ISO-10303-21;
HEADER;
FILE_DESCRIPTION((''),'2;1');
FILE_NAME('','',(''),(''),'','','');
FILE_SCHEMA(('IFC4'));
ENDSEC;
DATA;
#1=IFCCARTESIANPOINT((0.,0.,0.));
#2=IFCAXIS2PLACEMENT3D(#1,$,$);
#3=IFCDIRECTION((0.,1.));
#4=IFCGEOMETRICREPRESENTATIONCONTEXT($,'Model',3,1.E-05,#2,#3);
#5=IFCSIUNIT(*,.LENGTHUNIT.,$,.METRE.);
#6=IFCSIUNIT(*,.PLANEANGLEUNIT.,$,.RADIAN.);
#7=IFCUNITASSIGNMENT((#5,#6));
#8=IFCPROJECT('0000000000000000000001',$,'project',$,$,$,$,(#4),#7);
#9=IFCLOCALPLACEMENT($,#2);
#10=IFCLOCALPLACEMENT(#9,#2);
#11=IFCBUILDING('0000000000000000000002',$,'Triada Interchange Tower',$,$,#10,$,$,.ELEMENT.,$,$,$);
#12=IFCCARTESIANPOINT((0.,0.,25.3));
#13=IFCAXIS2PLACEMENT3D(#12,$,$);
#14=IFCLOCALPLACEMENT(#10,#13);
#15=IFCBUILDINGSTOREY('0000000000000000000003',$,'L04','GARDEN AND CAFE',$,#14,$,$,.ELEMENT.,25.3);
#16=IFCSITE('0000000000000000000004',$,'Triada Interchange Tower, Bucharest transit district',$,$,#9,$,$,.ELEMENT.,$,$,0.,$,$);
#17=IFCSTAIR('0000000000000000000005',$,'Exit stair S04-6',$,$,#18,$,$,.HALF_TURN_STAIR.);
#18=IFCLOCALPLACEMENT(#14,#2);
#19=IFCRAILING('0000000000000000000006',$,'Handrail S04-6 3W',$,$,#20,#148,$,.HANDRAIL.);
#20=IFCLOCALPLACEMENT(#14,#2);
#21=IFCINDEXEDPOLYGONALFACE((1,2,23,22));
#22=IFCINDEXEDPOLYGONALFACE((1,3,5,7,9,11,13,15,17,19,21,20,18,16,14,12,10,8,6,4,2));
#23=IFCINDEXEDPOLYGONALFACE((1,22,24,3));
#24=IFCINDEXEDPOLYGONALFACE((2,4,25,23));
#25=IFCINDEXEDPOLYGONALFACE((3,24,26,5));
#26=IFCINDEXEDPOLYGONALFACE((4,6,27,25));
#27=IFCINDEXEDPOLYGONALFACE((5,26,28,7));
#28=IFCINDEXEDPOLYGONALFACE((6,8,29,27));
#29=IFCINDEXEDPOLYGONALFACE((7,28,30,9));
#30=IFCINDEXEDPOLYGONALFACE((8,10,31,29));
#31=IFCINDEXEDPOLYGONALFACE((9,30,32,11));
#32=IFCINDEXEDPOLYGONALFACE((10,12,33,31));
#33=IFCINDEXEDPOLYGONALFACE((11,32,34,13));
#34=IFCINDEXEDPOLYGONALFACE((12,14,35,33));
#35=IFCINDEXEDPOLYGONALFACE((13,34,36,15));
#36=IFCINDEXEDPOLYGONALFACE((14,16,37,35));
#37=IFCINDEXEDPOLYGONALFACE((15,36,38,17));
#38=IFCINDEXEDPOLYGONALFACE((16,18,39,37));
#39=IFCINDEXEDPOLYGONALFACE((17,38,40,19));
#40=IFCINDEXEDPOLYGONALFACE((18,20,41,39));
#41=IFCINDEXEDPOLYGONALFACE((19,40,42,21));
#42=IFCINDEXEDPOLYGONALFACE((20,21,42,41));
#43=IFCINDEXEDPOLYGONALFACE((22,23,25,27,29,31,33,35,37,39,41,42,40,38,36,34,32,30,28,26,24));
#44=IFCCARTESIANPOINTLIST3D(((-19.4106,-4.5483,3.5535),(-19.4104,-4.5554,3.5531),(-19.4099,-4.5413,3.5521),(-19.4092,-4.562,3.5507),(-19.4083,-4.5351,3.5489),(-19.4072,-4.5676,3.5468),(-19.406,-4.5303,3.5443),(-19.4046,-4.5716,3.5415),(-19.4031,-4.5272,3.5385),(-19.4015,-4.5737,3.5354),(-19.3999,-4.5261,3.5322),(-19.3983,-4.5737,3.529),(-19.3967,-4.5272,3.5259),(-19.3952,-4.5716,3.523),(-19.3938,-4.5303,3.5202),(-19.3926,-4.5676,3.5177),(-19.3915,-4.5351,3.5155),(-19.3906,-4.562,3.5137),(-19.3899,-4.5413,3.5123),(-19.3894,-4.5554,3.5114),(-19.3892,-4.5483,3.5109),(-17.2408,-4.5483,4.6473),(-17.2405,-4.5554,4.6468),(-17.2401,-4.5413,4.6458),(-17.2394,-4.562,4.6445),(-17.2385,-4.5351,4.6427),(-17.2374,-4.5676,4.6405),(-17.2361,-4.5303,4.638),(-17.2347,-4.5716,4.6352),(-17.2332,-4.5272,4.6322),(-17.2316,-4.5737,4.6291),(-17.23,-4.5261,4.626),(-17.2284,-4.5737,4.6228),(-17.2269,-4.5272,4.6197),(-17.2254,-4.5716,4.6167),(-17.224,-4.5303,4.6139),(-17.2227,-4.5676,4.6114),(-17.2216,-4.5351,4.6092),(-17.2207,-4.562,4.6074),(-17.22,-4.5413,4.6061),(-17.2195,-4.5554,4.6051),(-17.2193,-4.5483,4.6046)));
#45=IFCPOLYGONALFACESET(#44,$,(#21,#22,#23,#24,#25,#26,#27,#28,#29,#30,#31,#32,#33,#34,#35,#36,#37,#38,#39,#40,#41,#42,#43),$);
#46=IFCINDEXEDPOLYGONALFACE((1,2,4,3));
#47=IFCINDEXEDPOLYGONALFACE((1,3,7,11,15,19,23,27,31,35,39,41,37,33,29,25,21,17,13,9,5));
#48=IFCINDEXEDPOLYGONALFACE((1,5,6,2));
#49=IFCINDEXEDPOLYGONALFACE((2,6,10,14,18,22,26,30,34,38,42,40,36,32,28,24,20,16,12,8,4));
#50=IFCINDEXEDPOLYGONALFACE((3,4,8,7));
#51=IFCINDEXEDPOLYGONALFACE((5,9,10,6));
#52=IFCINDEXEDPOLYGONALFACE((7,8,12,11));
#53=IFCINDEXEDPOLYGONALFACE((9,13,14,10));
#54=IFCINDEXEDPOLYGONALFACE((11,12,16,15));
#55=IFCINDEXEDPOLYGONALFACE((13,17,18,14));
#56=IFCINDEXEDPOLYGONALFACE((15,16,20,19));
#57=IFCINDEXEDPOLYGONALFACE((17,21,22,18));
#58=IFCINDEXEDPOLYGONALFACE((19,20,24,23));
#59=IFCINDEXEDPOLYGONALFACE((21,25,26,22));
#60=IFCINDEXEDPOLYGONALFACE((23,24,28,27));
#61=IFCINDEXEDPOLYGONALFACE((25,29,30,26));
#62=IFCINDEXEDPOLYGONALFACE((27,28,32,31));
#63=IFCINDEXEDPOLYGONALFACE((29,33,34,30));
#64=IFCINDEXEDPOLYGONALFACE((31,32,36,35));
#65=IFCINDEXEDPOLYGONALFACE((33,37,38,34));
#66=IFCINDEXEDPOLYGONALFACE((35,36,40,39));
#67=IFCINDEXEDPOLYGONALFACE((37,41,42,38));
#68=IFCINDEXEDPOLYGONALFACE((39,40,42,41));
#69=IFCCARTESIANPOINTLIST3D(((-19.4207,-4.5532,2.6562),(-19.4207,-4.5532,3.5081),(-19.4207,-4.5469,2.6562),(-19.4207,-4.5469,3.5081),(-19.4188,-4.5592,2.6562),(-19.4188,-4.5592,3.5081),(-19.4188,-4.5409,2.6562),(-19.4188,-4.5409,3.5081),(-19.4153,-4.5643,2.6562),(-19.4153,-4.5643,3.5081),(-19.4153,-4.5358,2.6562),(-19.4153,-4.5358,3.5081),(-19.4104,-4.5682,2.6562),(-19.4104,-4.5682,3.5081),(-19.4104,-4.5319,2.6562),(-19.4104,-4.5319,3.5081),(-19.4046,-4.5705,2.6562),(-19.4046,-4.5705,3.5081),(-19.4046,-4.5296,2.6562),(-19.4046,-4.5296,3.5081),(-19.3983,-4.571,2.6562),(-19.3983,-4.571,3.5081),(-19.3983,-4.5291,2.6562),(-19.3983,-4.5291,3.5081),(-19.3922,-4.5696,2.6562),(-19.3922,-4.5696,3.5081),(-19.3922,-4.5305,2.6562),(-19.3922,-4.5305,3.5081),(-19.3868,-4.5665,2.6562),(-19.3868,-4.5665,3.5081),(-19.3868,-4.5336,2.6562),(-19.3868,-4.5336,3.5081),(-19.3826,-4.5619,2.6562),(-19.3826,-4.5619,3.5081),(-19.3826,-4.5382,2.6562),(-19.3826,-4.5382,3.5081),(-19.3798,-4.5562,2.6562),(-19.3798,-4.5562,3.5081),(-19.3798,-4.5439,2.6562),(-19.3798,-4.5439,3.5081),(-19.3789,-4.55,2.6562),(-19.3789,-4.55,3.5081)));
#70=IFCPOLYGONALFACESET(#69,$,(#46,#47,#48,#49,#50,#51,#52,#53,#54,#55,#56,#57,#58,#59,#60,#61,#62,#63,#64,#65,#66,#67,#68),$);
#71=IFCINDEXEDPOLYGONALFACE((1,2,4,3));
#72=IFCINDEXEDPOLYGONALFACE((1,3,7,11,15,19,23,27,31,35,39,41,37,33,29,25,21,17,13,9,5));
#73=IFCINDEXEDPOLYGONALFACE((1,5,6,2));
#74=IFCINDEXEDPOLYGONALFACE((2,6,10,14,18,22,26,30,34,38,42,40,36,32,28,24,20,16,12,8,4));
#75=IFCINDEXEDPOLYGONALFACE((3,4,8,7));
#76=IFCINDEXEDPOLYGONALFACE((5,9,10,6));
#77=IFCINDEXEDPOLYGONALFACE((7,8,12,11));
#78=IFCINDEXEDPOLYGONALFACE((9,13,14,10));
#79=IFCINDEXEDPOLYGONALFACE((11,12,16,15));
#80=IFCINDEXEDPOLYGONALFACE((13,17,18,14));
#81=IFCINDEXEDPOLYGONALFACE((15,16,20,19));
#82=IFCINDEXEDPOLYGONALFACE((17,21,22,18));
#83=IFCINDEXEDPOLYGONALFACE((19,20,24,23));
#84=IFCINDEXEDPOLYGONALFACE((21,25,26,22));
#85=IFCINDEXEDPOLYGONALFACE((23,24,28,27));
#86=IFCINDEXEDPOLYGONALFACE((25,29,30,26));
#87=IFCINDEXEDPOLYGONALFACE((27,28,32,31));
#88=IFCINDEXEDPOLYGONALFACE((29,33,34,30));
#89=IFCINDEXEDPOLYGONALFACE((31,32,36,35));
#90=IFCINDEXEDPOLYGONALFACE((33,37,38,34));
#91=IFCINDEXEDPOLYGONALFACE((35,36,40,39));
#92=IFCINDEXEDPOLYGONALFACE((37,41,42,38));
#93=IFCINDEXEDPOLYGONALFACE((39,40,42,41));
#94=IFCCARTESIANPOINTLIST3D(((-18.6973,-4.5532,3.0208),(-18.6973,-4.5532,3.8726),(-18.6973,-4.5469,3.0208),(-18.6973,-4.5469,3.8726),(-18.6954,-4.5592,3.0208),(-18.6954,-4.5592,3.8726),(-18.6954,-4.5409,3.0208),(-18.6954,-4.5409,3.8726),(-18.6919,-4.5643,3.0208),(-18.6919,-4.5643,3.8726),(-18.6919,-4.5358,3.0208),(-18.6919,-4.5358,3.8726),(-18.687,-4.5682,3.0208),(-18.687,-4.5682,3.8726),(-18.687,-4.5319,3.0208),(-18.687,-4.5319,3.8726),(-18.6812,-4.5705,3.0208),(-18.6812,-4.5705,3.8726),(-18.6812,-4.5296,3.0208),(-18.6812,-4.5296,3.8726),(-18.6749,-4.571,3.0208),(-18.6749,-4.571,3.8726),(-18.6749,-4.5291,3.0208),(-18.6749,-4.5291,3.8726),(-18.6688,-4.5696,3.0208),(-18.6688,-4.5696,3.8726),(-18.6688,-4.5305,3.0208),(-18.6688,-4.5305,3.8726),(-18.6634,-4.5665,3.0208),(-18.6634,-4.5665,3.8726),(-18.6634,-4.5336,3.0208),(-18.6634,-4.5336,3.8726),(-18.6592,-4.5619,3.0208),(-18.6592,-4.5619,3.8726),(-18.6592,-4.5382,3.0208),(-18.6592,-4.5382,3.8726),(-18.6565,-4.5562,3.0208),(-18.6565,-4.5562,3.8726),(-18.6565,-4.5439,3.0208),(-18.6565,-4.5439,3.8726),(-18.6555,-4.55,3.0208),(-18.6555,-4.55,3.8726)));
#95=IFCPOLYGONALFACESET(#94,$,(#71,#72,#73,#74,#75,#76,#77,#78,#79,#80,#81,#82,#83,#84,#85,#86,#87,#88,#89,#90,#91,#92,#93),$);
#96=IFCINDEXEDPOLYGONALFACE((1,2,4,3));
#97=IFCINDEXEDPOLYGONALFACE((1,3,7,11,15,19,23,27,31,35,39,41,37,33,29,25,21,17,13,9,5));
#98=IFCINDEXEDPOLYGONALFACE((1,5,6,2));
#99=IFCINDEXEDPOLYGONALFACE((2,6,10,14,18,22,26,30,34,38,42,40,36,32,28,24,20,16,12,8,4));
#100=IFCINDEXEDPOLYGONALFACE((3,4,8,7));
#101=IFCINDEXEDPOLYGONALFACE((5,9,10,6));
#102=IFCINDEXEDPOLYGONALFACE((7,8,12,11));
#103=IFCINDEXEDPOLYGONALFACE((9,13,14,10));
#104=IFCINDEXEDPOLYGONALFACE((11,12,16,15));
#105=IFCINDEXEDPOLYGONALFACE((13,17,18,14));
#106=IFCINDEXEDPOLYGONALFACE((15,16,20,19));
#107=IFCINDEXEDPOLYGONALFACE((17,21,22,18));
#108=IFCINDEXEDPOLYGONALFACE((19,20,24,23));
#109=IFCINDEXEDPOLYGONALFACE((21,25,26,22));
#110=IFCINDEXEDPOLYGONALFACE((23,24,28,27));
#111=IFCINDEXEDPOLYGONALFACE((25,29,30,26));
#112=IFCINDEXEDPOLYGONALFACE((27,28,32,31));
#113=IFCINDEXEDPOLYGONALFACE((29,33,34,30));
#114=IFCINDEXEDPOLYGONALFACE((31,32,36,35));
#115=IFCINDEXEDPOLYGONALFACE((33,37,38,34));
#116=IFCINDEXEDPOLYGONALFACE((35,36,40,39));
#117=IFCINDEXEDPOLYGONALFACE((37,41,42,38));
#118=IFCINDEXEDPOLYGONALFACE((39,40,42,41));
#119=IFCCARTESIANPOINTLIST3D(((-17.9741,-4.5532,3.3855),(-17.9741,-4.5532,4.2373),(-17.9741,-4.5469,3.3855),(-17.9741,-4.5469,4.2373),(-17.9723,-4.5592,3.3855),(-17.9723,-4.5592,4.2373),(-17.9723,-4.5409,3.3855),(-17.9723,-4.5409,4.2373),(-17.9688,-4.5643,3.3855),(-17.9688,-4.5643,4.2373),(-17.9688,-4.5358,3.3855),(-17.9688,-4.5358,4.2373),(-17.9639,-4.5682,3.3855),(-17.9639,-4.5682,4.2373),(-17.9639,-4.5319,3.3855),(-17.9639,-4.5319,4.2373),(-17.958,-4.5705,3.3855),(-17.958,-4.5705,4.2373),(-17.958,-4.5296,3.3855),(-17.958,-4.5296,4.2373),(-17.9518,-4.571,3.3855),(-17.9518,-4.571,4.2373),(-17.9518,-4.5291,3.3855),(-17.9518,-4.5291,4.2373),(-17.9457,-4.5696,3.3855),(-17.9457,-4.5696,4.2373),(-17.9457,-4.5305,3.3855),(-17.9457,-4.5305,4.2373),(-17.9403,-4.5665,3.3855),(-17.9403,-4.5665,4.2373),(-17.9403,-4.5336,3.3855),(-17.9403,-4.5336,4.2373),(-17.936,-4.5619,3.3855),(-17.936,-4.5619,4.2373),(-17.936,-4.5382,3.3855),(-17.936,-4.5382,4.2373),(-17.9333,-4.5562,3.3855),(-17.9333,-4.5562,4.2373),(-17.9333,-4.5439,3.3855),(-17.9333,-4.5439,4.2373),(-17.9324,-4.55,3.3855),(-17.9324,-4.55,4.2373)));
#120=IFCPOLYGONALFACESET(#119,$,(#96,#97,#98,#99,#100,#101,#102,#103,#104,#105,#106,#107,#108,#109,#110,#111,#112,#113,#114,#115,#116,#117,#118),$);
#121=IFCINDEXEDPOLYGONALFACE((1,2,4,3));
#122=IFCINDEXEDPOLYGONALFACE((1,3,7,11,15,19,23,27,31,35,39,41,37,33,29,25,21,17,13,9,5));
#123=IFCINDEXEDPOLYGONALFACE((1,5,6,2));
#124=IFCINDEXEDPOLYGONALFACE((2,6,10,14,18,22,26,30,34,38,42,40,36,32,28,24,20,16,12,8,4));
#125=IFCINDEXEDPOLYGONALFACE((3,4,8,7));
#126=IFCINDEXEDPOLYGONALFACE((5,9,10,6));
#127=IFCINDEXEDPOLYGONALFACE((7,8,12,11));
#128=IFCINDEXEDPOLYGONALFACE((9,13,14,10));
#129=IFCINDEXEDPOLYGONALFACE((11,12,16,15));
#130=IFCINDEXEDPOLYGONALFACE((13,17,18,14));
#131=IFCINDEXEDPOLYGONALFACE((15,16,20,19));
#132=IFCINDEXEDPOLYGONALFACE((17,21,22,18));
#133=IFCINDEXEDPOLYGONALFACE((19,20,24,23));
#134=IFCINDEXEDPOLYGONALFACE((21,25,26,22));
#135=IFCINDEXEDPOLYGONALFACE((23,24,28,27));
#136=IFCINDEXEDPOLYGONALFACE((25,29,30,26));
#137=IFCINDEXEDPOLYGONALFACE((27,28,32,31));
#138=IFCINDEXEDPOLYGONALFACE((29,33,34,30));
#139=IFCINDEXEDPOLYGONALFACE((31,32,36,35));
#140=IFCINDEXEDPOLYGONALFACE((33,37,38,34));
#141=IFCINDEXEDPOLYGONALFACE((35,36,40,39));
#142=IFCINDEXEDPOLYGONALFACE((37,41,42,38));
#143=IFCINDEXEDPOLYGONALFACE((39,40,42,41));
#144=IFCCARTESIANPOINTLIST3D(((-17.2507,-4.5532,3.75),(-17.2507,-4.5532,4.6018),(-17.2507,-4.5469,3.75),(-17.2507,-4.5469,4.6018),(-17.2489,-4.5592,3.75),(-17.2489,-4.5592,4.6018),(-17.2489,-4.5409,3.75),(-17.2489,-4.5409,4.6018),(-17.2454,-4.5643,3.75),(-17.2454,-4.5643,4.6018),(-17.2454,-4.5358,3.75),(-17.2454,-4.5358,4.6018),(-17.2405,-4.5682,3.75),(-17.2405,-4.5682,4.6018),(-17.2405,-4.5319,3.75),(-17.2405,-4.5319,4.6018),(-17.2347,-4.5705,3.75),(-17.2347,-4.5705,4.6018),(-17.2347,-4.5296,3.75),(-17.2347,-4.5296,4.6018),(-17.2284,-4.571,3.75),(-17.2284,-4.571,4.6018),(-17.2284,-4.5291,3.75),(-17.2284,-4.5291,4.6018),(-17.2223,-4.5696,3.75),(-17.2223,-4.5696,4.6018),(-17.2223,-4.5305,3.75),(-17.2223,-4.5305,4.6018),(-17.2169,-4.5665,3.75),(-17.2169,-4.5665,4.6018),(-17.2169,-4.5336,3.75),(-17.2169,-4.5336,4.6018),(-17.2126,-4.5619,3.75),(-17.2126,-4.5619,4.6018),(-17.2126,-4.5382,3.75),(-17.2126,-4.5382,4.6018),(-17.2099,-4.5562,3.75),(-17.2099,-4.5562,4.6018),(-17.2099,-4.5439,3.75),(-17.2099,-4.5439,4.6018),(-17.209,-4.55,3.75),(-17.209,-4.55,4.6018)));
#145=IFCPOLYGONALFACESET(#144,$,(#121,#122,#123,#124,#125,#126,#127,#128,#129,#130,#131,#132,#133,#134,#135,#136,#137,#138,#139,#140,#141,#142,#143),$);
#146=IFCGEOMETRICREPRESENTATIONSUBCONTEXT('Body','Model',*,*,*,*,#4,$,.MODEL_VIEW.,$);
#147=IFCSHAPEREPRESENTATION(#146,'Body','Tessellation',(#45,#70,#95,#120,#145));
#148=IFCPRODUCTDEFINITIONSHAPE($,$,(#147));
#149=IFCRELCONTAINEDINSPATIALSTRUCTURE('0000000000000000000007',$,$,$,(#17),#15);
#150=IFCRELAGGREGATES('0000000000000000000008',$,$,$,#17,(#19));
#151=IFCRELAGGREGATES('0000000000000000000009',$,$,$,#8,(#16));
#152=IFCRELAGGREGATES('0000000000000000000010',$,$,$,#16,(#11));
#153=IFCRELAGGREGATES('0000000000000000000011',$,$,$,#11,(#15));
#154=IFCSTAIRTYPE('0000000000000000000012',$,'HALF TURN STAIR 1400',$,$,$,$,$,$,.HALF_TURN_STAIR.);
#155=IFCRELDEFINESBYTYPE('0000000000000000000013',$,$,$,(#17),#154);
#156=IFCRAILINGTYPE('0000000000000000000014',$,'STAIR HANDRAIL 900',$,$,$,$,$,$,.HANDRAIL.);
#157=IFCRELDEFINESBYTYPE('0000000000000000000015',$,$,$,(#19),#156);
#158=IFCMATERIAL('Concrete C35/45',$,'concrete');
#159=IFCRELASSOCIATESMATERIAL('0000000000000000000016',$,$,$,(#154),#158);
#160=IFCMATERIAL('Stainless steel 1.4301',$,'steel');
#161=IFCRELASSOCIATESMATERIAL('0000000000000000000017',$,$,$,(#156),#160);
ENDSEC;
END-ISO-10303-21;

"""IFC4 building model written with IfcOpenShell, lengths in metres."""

from ifc_helpers import new_model, si_unit, direction, frame, origin, origin_2d, place, context, subcontext, project, spatial, circle, extrude, material, type_object, element, aggregate, save


model = new_model("IFC4")

# Units and contexts
model_context = context("Model", 3, precision=1e-05, world=origin(), true_north=direction((0.0, 1.0)))
body_context = subcontext(model_context, "Body", "Model", "MODEL_VIEW")
ifc_project = project(units=[si_unit("LENGTHUNIT", "METRE"), si_unit("PLANEANGLEUNIT", "RADIAN")], contexts=[model_context])

# Site, building, storey
site_placement = place(None, origin())
site = spatial("IfcSite", under=ifc_project, at=site_placement, Name="Triada Interchange Tower, Bucharest transit district", CompositionType="ELEMENT", RefElevation=0.0)
building_placement = place(site_placement, origin())
building = spatial("IfcBuilding", under=site, at=building_placement, Name="Triada Interchange Tower", CompositionType="ELEMENT")
storey_placement = place(building_placement, frame((0.0, 0.0, 25.3)))
storey = spatial("IfcBuildingStorey", under=building, at=storey_placement, Name="L04", Description="GARDEN AND CAFE", CompositionType="ELEMENT", Elevation=25.3)

# Shared definitions
ifc_material_1 = material(Name="Concrete C35/45", Category="concrete")

# Stair, railing
stair_type = type_object("IfcStairType", Name="HALF TURN STAIR 1400", PredefinedType="HALF_TURN_STAIR", material=ifc_material_1)
stair_placement = place(storey_placement, origin())
stair = element("IfcStair", 1, at=stair_placement, inside=storey, type_object=stair_type, Name="Exit stair S04-6", PredefinedType="HALF_TURN_STAIR")
ifc_material_2 = material(Name="Stainless steel 1.4301", Category="steel")
railing_type_1 = type_object("IfcRailingType", Name="STAIR HANDRAIL 900", PredefinedType="HANDRAIL", material=ifc_material_2)
railing_1_placement = place(storey_placement, frame((-19.3999, -4.55, 2.6562)))
railing_1 = element("IfcRailing", 2, at=railing_1_placement, type_object=railing_type_1, Name="Handrail S04-6 3W", PredefinedType="HANDRAIL", context=body_context, shape_type="SweptSolid", body=[
    extrude(circle(Radius=0.0239, at=origin_2d()), frame((0.0, 0.0, 0.876), z_axis=(0.892976, 0.0, 0.450105), x_axis=(0.0, 1.0, 0.0)), (0.0, 0.0, 1.0), 2.4299),
    extrude(circle(Radius=0.021, at=origin_2d()), origin(), (0.0, 0.0, 1.0), 0.8518),
    extrude(circle(Radius=0.021, at=origin_2d()), frame((0.7234, 0.0, 0.3645)), (0.0, 0.0, 1.0), 0.8518),
    extrude(circle(Radius=0.021, at=origin_2d()), frame((1.4465, 0.0, 0.7292)), (0.0, 0.0, 1.0), 0.8518),
    extrude(circle(Radius=0.021, at=origin_2d()), frame((2.1699, 0.0, 1.0938)), (0.0, 0.0, 1.0), 0.8518),
])
aggregate(stair, [railing_1])

save(model, "model.ifc")
